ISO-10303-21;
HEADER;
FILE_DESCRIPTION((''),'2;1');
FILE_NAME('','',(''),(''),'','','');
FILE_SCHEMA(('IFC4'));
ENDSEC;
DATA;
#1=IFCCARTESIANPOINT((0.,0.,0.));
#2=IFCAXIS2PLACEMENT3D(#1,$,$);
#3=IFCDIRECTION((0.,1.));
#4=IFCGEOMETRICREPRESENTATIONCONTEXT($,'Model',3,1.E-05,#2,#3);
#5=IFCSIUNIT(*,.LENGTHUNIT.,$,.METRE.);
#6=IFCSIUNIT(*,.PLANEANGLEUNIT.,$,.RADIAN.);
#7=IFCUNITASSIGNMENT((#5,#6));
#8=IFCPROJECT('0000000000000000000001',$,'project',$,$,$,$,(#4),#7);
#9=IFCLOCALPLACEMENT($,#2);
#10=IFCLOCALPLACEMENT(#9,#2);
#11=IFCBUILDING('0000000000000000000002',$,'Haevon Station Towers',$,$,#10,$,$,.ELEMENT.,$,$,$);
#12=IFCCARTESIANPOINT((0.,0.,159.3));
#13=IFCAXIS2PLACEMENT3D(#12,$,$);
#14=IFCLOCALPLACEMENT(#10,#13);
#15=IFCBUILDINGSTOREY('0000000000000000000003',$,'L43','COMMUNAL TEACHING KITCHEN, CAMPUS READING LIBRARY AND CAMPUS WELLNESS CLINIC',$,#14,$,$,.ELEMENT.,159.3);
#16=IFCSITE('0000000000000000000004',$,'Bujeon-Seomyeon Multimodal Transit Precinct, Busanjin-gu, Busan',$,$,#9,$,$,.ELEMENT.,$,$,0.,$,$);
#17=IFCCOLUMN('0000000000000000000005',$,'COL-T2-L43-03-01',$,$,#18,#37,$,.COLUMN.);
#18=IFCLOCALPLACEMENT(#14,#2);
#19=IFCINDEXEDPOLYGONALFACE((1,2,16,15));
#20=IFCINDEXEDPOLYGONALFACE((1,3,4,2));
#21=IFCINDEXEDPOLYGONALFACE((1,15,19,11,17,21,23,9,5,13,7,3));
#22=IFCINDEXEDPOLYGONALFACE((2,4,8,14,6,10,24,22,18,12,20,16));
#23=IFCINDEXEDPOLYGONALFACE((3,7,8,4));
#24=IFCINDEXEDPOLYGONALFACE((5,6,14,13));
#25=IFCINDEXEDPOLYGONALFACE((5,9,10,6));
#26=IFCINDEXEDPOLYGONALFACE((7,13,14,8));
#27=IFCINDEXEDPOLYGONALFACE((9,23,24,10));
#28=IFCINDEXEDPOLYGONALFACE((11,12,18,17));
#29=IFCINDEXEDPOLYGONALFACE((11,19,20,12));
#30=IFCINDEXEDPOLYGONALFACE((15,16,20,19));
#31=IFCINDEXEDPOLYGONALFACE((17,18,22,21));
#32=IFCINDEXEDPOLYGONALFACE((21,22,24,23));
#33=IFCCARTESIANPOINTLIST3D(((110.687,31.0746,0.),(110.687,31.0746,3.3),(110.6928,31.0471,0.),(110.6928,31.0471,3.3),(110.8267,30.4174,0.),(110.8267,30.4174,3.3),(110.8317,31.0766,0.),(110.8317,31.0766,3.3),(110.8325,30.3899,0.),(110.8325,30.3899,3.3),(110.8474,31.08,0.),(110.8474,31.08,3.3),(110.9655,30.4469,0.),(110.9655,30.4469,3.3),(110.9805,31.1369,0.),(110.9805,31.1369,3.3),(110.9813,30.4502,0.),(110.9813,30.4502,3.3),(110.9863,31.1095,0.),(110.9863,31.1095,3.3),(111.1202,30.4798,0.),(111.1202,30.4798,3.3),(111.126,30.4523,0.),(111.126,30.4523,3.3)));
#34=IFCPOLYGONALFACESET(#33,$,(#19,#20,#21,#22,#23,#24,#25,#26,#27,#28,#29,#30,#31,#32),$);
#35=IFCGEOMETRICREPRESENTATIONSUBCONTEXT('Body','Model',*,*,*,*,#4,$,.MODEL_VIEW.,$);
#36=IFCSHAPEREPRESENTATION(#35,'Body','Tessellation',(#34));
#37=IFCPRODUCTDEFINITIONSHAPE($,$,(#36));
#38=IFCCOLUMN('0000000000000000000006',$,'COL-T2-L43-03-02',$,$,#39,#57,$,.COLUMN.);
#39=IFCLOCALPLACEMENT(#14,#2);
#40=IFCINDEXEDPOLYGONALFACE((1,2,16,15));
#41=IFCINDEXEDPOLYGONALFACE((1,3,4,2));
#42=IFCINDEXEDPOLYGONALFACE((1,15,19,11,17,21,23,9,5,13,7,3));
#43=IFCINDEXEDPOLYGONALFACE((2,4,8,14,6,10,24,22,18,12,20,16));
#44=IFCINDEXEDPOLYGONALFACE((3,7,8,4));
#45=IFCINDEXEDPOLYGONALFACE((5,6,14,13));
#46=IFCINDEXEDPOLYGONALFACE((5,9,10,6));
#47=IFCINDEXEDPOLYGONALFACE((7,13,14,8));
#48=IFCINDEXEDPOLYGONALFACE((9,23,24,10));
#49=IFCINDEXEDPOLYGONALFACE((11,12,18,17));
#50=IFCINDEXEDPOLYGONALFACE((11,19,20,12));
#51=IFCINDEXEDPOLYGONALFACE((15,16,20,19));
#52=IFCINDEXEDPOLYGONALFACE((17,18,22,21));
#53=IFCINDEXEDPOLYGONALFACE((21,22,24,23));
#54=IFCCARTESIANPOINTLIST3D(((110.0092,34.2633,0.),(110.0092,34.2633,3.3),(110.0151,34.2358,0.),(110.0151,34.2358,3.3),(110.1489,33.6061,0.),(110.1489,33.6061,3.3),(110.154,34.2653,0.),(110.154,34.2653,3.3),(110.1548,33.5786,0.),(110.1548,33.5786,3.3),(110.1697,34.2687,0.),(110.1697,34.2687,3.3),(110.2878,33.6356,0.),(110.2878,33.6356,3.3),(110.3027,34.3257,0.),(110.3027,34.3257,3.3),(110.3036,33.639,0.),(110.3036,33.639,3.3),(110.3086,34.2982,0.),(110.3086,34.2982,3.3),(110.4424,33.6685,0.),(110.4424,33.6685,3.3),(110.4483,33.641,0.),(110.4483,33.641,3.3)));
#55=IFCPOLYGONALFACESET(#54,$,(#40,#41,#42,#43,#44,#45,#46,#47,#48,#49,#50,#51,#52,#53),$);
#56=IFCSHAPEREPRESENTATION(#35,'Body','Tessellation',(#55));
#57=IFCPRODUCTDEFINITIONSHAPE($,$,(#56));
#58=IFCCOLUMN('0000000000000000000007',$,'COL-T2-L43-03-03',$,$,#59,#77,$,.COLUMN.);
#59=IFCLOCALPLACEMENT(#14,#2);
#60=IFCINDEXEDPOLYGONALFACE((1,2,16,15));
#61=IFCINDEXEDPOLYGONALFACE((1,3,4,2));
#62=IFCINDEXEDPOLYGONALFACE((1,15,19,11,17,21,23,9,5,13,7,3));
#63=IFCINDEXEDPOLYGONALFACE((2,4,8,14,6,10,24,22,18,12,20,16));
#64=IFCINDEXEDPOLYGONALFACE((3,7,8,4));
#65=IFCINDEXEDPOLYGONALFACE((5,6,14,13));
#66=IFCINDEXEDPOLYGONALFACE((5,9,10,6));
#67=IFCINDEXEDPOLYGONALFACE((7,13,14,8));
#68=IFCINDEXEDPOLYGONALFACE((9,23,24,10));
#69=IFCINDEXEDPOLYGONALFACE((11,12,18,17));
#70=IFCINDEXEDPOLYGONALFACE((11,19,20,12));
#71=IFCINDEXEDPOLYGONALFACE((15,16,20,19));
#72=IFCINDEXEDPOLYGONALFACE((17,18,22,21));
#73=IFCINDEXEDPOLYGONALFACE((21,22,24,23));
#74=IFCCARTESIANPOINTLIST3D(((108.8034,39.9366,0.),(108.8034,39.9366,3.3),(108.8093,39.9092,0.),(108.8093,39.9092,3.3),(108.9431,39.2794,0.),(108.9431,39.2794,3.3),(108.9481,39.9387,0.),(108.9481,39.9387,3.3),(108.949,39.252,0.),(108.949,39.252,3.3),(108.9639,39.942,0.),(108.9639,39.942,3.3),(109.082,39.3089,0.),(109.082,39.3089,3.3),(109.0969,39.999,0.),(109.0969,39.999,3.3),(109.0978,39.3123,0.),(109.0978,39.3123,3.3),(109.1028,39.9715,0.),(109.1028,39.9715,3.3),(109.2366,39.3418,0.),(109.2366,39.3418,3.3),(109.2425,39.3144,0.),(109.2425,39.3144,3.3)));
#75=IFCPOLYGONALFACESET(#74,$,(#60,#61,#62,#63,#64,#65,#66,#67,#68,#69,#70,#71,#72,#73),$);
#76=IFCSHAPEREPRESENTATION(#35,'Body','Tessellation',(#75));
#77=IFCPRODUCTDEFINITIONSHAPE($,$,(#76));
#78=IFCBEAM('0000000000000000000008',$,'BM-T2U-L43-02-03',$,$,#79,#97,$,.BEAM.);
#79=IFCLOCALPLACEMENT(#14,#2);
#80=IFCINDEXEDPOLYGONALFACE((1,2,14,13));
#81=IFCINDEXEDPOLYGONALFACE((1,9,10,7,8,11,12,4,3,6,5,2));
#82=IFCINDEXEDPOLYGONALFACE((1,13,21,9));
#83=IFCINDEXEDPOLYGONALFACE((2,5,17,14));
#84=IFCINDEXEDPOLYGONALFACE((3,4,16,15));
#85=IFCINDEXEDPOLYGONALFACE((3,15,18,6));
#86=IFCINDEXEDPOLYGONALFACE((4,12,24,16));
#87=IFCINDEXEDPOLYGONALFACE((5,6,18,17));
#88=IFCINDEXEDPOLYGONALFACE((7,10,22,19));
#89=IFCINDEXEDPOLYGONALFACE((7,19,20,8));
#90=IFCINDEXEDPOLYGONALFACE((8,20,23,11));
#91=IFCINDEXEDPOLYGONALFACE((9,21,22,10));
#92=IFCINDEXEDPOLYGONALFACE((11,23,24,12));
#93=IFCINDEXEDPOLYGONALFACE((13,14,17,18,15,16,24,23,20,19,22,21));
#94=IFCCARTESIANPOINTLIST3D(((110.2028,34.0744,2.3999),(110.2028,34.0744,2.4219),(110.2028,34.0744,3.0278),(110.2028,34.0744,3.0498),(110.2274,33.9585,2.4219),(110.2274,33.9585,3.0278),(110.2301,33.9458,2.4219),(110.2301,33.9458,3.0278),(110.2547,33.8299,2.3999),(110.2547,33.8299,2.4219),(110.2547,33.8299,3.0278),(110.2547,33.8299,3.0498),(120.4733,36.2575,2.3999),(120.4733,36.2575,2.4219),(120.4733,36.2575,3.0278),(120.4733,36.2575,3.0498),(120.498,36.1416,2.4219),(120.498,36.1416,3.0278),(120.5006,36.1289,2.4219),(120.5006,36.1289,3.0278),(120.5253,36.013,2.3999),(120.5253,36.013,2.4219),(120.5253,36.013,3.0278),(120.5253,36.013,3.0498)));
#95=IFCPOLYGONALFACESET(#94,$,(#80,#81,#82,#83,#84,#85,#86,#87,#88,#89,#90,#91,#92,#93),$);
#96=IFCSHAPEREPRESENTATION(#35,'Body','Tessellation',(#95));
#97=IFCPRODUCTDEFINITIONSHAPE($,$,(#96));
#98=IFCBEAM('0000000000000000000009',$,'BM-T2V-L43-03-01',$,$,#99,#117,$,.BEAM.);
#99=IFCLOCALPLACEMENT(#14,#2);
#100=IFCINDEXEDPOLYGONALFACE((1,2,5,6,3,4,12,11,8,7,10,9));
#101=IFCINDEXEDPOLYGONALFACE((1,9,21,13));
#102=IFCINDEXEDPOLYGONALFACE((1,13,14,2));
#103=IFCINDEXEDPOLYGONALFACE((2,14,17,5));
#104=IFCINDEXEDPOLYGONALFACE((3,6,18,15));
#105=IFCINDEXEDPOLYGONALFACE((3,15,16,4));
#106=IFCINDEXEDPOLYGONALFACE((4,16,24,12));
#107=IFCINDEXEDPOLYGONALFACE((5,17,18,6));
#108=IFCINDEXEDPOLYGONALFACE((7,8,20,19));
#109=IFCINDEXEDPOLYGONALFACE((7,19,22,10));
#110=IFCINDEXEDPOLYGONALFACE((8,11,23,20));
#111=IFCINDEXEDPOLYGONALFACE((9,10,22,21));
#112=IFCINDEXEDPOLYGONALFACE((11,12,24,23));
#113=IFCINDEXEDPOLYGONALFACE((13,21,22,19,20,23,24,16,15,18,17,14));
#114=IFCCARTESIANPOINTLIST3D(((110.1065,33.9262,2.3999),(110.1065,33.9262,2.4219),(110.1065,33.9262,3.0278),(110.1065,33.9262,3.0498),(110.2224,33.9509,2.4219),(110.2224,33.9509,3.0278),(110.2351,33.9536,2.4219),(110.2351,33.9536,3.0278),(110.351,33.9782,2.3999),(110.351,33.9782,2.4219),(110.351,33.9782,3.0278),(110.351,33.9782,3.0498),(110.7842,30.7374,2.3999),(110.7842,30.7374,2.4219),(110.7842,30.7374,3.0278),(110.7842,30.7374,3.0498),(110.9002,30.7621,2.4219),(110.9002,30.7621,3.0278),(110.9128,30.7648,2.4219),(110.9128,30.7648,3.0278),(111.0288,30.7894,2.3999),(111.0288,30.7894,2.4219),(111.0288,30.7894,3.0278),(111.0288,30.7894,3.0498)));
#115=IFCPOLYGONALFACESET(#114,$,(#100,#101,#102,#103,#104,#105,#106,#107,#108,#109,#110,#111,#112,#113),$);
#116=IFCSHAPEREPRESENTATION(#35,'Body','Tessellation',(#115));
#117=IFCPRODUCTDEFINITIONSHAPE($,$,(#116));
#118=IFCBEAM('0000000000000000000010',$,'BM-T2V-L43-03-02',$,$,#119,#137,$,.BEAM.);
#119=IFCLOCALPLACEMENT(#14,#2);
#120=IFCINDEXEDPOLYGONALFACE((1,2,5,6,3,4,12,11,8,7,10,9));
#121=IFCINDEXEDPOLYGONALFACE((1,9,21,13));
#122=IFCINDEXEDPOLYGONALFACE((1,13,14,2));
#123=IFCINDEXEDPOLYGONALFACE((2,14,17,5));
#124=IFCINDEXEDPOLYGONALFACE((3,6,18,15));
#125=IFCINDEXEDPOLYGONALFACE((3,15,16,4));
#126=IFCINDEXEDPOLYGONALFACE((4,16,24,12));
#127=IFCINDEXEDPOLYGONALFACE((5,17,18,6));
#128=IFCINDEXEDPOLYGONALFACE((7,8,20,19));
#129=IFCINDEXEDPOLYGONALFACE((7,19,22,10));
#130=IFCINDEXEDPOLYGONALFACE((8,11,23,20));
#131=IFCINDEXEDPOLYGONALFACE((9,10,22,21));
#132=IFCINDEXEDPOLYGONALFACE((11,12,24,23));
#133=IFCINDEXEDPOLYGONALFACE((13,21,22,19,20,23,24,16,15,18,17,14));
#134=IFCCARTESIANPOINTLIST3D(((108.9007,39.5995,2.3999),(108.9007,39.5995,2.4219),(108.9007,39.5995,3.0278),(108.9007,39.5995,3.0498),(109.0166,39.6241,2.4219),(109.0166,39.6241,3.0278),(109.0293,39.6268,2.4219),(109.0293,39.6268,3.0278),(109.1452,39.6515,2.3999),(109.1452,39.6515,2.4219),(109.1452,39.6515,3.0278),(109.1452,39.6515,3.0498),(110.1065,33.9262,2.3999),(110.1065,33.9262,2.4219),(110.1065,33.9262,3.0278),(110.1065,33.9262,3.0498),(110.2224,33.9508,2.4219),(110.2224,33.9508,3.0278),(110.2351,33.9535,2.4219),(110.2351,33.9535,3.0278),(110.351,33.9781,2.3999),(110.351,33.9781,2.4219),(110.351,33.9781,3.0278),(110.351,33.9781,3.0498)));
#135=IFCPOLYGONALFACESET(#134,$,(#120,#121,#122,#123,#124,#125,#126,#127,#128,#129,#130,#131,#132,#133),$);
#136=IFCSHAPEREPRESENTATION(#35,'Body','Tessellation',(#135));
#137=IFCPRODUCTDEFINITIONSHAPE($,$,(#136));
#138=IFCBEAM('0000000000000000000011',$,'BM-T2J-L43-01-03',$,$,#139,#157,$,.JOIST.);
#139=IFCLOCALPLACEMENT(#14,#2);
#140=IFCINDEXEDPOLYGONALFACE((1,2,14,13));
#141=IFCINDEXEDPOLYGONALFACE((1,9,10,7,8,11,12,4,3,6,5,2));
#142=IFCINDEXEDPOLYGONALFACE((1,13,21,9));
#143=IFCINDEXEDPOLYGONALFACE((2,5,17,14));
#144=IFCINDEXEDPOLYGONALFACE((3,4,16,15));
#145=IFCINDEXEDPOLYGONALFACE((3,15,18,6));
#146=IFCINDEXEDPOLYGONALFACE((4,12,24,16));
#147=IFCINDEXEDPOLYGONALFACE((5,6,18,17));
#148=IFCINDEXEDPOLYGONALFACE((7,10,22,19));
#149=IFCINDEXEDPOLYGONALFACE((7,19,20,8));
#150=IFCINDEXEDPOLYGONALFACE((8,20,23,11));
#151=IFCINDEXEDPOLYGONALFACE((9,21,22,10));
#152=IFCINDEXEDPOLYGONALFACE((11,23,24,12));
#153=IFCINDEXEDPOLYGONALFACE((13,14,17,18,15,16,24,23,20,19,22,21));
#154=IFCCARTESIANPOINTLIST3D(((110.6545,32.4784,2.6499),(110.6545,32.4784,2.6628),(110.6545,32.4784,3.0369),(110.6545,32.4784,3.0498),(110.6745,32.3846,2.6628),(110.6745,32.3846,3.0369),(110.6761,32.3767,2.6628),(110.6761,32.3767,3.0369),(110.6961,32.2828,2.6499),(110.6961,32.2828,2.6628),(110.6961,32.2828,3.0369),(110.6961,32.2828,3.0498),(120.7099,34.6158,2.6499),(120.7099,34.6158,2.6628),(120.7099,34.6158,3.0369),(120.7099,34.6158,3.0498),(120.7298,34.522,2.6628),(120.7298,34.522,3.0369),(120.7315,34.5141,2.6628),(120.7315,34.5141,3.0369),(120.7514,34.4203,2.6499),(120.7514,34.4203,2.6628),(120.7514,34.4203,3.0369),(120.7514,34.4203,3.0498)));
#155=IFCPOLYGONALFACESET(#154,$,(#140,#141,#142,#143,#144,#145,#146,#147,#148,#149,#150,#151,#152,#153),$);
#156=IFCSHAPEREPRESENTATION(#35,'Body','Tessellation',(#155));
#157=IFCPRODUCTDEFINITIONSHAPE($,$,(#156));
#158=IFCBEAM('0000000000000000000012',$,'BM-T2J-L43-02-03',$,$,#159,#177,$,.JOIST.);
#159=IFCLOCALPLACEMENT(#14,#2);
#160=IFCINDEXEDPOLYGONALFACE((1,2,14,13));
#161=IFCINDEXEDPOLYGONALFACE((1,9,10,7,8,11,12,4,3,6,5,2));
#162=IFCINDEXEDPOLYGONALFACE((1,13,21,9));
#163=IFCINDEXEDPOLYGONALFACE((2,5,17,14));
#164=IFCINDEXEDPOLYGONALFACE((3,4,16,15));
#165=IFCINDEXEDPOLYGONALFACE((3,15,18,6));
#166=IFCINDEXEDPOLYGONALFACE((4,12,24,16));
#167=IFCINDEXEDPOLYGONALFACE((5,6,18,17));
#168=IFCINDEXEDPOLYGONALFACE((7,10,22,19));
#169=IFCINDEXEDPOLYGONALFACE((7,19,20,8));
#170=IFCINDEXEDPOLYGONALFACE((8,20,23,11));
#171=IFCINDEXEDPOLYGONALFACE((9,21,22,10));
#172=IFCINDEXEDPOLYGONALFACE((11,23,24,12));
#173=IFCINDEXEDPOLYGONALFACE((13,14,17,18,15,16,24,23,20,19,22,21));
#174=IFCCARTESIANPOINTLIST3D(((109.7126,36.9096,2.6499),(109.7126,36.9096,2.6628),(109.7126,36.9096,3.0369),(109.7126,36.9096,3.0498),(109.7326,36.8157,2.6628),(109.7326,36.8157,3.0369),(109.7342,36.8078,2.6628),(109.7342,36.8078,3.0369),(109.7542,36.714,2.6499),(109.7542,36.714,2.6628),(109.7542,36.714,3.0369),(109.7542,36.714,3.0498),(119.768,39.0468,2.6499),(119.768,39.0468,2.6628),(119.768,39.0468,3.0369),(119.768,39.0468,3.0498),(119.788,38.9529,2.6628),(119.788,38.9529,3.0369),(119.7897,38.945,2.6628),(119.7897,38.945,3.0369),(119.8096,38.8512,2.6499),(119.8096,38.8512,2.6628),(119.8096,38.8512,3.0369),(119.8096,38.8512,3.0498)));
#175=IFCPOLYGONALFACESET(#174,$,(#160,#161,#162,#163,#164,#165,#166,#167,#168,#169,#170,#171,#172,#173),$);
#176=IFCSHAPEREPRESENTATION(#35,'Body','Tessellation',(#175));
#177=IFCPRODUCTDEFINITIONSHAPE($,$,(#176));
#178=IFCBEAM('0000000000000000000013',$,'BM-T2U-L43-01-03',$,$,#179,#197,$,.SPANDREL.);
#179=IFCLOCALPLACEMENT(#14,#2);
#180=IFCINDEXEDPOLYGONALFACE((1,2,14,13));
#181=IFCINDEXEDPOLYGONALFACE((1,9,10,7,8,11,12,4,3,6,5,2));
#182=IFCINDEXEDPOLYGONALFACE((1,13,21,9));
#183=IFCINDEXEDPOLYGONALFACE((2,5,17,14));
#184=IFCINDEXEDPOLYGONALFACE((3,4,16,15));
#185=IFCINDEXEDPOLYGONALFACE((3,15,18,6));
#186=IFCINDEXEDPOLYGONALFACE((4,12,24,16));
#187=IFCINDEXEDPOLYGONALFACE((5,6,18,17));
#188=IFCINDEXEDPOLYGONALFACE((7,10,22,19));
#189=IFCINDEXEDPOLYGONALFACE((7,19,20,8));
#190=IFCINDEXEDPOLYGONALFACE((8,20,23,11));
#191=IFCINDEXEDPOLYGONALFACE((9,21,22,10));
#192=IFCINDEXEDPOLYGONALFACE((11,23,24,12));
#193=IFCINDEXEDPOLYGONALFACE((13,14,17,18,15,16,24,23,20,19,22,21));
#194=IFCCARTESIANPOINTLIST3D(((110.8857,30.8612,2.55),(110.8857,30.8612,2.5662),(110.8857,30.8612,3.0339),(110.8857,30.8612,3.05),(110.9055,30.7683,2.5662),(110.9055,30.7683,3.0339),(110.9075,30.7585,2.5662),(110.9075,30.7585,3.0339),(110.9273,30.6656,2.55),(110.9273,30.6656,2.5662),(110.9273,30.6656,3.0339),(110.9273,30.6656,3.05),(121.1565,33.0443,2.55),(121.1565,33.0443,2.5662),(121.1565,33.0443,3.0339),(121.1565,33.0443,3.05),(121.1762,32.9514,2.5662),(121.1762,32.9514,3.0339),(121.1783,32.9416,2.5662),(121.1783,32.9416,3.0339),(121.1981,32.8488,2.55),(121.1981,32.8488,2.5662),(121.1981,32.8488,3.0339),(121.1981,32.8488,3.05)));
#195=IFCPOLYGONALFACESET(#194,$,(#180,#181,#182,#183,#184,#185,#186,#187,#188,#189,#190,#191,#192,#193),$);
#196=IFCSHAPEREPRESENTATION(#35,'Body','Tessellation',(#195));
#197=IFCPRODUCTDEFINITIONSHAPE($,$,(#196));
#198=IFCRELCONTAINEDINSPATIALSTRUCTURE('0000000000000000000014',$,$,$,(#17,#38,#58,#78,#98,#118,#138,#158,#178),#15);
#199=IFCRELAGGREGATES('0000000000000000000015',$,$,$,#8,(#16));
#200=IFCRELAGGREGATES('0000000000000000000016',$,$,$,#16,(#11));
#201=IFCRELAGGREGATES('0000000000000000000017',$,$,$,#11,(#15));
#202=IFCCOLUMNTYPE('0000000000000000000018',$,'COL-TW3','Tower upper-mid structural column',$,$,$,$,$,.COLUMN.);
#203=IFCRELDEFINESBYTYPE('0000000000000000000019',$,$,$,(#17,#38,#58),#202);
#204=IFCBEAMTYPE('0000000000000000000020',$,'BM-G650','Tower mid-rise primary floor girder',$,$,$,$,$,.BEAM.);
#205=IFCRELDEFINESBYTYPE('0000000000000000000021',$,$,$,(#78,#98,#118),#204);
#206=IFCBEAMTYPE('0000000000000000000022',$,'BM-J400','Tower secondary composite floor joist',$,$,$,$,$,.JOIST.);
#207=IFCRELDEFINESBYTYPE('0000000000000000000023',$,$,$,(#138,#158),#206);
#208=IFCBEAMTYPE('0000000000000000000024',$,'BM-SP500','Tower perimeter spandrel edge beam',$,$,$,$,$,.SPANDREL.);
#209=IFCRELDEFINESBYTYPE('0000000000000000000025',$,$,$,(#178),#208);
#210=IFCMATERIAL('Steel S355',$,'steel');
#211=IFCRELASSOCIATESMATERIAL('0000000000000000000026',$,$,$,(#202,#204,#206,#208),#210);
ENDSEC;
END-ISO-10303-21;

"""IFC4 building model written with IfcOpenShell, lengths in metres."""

from ifc_helpers import new_model, si_unit, direction, frame, origin, origin_2d, place, context, subcontext, project, spatial, i_section, extrude, material, material_profile, profile_set, type_object, element, save


model = new_model("IFC4")

# Units and contexts
model_context = context("Model", 3, precision=1e-05, world=origin(), true_north=direction((0.0, 1.0)))
body_context = subcontext(model_context, "Body", "Model", "MODEL_VIEW")
ifc_project = project(units=[si_unit("LENGTHUNIT", "METRE"), si_unit("PLANEANGLEUNIT", "RADIAN")], contexts=[model_context])

# Site, building, storey
site_placement = place(None, origin())
site = spatial("IfcSite", under=ifc_project, at=site_placement, Name="Bujeon-Seomyeon Multimodal Transit Precinct, Busanjin-gu, Busan", CompositionType="ELEMENT", RefElevation=0.0)
building_placement = place(site_placement, origin())
building = spatial("IfcBuilding", under=site, at=building_placement, Name="Haevon Station Towers", CompositionType="ELEMENT")
storey_placement = place(building_placement, frame((0.0, 0.0, 159.3)))
storey = spatial("IfcBuildingStorey", under=building, at=storey_placement, Name="L43", Description="COMMUNAL TEACHING KITCHEN, CAMPUS READING LIBRARY AND CAMPUS WELLNESS CLINIC", CompositionType="ELEMENT", Elevation=159.3)

# Columns
ifc_material_1 = material(Name="Steel S355", Category="steel")
ifc_material_profile_1 = material_profile(ifc_material_1, i_section(OverallWidth=0.3, OverallDepth=0.7, WebThickness=0.0161, FlangeThickness=0.0281, at=origin_2d()), Name="H-700x300x16x28")
ifc_profile_set_1 = profile_set([ifc_material_profile_1], Name="Steel S355")
column_type = type_object("IfcColumnType", Name="COL-TW3", Description="Tower upper-mid structural column", PredefinedType="COLUMN", material=ifc_profile_set_1)
for number, where, z_axis, x_axis, name in (
    (1, (110.9065, 30.7634, 0.0), (0.0, 0.0, 1.0), (0.978148, 0.207912, 0.0), "COL-T2-L43-03-01"),
    (2, (110.2288, 33.9521, 0.0), (0.0, 0.0, 1.0), (0.978148, 0.207912, 0.0), "COL-T2-L43-03-02"),
    (3, (109.0229, 39.6255, 0.0), (0.0, 0.0, 1.0), (0.978148, 0.207912, 0.0), "COL-T2-L43-03-03"),
):
    element("IfcColumn", number, at=place(storey_placement, frame(where, z_axis=z_axis, x_axis=x_axis)), inside=storey, type_object=column_type, Name=name, PredefinedType="COLUMN", context=body_context, shape_type="SweptSolid", body=[
        extrude(i_section(OverallWidth=0.3, OverallDepth=0.7, WebThickness=0.0161, FlangeThickness=0.0281, at=origin_2d()), origin(), (0.0, 0.0, 1.0), 3.3),
    ])

# Beams
ifc_material_profile_2 = material_profile(ifc_material_1, i_section(OverallWidth=0.25, OverallDepth=0.6499, WebThickness=0.0129, FlangeThickness=0.022, at=origin_2d()), Name="H-650x250x13x22")
ifc_profile_set_2 = profile_set([ifc_material_profile_2], Name="Steel S355")
beam_type_1 = type_object("IfcBeamType", Name="BM-G650", Description="Tower mid-rise primary floor girder", PredefinedType="BEAM", material=ifc_profile_set_2)
beam_1_placement = place(storey_placement, frame((110.2288, 33.9521, 2.7249), z_axis=(0.978147, 0.207915, 0.0), x_axis=(-0.207915, 0.978147, 0.0)))
element("IfcBeam", 4, at=beam_1_placement, inside=storey, type_object=beam_type_1, Name="BM-T2U-L43-02-03", PredefinedType="BEAM", context=body_context, shape_type="SweptSolid", body=[
    extrude(i_section(OverallWidth=0.25, OverallDepth=0.6499, WebThickness=0.0129, FlangeThickness=0.022, at=origin_2d()), origin(), (0.0, 0.0, 1.0), 10.5),
])
beam_2_placement = place(storey_placement, frame((110.9065, 30.7634, 2.7249), z_axis=(-0.207897, 0.978151, 0.0), x_axis=(-0.978151, -0.207897, 0.0)))
element("IfcBeam", 5, at=beam_2_placement, inside=storey, type_object=beam_type_1, Name="BM-T2V-L43-03-01", PredefinedType="BEAM", context=body_context, shape_type="SweptSolid", body=[
    extrude(i_section(OverallWidth=0.25, OverallDepth=0.6499, WebThickness=0.0129, FlangeThickness=0.022, at=origin_2d()), origin(), (0.0, 0.0, 1.0), 3.26),
])
beam_3_placement = place(storey_placement, frame((110.2288, 33.9521, 2.7249), z_axis=(-0.207896, 0.978151, 0.0), x_axis=(-0.978151, -0.207896, 0.0)))
element("IfcBeam", 6, at=beam_3_placement, inside=storey, type_object=beam_type_1, Name="BM-T2V-L43-03-02", PredefinedType="BEAM", context=body_context, shape_type="SweptSolid", body=[
    extrude(i_section(OverallWidth=0.25, OverallDepth=0.6499, WebThickness=0.0129, FlangeThickness=0.022, at=origin_2d()), origin(), (0.0, 0.0, 1.0), 5.8),
])
ifc_material_profile_3 = material_profile(ifc_material_1, i_section(OverallWidth=0.2, OverallDepth=0.3999, WebThickness=0.0081, FlangeThickness=0.0129, at=origin_2d()), Name="H-400x200x8x13")
ifc_profile_set_3 = profile_set([ifc_material_profile_3], Name="Steel S355")
beam_type_2 = type_object("IfcBeamType", Name="BM-J400", Description="Tower secondary composite floor joist", PredefinedType="JOIST", material=ifc_profile_set_3)
for number, where, z_axis, x_axis, name in (
    (7, (110.6753, 32.3806, 2.8499), (0.978146, 0.207922, 0.0), (-0.207922, 0.978146, 0.0), "BM-T2J-L43-01-03"),
    (8, (109.7334, 36.8118, 2.8499), (0.97815, 0.207899, 0.0), (-0.207899, 0.97815, 0.0), "BM-T2J-L43-02-03"),
):
    element("IfcBeam", number, at=place(storey_placement, frame(where, z_axis=z_axis, x_axis=x_axis)), inside=storey, type_object=beam_type_2, Name=name, PredefinedType="JOIST", context=body_context, shape_type="SweptSolid", body=[
        extrude(i_section(OverallWidth=0.2, OverallDepth=0.3999, WebThickness=0.0081, FlangeThickness=0.0129, at=origin_2d()), origin(), (0.0, 0.0, 1.0), 10.28),
    ])
ifc_material_profile_4 = material_profile(ifc_material_1, i_section(OverallWidth=0.2, OverallDepth=0.5, WebThickness=0.01, FlangeThickness=0.0161, at=origin_2d()), Name="H-500x200x10x16")
ifc_profile_set_4 = profile_set([ifc_material_profile_4], Name="Steel S355")
beam_type_3 = type_object("IfcBeamType", Name="BM-SP500", Description="Tower perimeter spandrel edge beam", PredefinedType="SPANDREL", material=ifc_profile_set_4)
beam_4_placement = place(storey_placement, frame((110.9065, 30.7634, 2.8), z_axis=(0.978148, 0.207911, 0.0), x_axis=(-0.207911, 0.978148, 0.0)))
element("IfcBeam", 9, at=beam_4_placement, inside=storey, type_object=beam_type_3, Name="BM-T2U-L43-01-03", PredefinedType="SPANDREL", context=body_context, shape_type="SweptSolid", body=[
    extrude(i_section(OverallWidth=0.2, OverallDepth=0.5, WebThickness=0.01, FlangeThickness=0.0161, at=origin_2d()), origin(), (0.0, 0.0, 1.0), 10.5002),
])

save(model, "model.ifc")
